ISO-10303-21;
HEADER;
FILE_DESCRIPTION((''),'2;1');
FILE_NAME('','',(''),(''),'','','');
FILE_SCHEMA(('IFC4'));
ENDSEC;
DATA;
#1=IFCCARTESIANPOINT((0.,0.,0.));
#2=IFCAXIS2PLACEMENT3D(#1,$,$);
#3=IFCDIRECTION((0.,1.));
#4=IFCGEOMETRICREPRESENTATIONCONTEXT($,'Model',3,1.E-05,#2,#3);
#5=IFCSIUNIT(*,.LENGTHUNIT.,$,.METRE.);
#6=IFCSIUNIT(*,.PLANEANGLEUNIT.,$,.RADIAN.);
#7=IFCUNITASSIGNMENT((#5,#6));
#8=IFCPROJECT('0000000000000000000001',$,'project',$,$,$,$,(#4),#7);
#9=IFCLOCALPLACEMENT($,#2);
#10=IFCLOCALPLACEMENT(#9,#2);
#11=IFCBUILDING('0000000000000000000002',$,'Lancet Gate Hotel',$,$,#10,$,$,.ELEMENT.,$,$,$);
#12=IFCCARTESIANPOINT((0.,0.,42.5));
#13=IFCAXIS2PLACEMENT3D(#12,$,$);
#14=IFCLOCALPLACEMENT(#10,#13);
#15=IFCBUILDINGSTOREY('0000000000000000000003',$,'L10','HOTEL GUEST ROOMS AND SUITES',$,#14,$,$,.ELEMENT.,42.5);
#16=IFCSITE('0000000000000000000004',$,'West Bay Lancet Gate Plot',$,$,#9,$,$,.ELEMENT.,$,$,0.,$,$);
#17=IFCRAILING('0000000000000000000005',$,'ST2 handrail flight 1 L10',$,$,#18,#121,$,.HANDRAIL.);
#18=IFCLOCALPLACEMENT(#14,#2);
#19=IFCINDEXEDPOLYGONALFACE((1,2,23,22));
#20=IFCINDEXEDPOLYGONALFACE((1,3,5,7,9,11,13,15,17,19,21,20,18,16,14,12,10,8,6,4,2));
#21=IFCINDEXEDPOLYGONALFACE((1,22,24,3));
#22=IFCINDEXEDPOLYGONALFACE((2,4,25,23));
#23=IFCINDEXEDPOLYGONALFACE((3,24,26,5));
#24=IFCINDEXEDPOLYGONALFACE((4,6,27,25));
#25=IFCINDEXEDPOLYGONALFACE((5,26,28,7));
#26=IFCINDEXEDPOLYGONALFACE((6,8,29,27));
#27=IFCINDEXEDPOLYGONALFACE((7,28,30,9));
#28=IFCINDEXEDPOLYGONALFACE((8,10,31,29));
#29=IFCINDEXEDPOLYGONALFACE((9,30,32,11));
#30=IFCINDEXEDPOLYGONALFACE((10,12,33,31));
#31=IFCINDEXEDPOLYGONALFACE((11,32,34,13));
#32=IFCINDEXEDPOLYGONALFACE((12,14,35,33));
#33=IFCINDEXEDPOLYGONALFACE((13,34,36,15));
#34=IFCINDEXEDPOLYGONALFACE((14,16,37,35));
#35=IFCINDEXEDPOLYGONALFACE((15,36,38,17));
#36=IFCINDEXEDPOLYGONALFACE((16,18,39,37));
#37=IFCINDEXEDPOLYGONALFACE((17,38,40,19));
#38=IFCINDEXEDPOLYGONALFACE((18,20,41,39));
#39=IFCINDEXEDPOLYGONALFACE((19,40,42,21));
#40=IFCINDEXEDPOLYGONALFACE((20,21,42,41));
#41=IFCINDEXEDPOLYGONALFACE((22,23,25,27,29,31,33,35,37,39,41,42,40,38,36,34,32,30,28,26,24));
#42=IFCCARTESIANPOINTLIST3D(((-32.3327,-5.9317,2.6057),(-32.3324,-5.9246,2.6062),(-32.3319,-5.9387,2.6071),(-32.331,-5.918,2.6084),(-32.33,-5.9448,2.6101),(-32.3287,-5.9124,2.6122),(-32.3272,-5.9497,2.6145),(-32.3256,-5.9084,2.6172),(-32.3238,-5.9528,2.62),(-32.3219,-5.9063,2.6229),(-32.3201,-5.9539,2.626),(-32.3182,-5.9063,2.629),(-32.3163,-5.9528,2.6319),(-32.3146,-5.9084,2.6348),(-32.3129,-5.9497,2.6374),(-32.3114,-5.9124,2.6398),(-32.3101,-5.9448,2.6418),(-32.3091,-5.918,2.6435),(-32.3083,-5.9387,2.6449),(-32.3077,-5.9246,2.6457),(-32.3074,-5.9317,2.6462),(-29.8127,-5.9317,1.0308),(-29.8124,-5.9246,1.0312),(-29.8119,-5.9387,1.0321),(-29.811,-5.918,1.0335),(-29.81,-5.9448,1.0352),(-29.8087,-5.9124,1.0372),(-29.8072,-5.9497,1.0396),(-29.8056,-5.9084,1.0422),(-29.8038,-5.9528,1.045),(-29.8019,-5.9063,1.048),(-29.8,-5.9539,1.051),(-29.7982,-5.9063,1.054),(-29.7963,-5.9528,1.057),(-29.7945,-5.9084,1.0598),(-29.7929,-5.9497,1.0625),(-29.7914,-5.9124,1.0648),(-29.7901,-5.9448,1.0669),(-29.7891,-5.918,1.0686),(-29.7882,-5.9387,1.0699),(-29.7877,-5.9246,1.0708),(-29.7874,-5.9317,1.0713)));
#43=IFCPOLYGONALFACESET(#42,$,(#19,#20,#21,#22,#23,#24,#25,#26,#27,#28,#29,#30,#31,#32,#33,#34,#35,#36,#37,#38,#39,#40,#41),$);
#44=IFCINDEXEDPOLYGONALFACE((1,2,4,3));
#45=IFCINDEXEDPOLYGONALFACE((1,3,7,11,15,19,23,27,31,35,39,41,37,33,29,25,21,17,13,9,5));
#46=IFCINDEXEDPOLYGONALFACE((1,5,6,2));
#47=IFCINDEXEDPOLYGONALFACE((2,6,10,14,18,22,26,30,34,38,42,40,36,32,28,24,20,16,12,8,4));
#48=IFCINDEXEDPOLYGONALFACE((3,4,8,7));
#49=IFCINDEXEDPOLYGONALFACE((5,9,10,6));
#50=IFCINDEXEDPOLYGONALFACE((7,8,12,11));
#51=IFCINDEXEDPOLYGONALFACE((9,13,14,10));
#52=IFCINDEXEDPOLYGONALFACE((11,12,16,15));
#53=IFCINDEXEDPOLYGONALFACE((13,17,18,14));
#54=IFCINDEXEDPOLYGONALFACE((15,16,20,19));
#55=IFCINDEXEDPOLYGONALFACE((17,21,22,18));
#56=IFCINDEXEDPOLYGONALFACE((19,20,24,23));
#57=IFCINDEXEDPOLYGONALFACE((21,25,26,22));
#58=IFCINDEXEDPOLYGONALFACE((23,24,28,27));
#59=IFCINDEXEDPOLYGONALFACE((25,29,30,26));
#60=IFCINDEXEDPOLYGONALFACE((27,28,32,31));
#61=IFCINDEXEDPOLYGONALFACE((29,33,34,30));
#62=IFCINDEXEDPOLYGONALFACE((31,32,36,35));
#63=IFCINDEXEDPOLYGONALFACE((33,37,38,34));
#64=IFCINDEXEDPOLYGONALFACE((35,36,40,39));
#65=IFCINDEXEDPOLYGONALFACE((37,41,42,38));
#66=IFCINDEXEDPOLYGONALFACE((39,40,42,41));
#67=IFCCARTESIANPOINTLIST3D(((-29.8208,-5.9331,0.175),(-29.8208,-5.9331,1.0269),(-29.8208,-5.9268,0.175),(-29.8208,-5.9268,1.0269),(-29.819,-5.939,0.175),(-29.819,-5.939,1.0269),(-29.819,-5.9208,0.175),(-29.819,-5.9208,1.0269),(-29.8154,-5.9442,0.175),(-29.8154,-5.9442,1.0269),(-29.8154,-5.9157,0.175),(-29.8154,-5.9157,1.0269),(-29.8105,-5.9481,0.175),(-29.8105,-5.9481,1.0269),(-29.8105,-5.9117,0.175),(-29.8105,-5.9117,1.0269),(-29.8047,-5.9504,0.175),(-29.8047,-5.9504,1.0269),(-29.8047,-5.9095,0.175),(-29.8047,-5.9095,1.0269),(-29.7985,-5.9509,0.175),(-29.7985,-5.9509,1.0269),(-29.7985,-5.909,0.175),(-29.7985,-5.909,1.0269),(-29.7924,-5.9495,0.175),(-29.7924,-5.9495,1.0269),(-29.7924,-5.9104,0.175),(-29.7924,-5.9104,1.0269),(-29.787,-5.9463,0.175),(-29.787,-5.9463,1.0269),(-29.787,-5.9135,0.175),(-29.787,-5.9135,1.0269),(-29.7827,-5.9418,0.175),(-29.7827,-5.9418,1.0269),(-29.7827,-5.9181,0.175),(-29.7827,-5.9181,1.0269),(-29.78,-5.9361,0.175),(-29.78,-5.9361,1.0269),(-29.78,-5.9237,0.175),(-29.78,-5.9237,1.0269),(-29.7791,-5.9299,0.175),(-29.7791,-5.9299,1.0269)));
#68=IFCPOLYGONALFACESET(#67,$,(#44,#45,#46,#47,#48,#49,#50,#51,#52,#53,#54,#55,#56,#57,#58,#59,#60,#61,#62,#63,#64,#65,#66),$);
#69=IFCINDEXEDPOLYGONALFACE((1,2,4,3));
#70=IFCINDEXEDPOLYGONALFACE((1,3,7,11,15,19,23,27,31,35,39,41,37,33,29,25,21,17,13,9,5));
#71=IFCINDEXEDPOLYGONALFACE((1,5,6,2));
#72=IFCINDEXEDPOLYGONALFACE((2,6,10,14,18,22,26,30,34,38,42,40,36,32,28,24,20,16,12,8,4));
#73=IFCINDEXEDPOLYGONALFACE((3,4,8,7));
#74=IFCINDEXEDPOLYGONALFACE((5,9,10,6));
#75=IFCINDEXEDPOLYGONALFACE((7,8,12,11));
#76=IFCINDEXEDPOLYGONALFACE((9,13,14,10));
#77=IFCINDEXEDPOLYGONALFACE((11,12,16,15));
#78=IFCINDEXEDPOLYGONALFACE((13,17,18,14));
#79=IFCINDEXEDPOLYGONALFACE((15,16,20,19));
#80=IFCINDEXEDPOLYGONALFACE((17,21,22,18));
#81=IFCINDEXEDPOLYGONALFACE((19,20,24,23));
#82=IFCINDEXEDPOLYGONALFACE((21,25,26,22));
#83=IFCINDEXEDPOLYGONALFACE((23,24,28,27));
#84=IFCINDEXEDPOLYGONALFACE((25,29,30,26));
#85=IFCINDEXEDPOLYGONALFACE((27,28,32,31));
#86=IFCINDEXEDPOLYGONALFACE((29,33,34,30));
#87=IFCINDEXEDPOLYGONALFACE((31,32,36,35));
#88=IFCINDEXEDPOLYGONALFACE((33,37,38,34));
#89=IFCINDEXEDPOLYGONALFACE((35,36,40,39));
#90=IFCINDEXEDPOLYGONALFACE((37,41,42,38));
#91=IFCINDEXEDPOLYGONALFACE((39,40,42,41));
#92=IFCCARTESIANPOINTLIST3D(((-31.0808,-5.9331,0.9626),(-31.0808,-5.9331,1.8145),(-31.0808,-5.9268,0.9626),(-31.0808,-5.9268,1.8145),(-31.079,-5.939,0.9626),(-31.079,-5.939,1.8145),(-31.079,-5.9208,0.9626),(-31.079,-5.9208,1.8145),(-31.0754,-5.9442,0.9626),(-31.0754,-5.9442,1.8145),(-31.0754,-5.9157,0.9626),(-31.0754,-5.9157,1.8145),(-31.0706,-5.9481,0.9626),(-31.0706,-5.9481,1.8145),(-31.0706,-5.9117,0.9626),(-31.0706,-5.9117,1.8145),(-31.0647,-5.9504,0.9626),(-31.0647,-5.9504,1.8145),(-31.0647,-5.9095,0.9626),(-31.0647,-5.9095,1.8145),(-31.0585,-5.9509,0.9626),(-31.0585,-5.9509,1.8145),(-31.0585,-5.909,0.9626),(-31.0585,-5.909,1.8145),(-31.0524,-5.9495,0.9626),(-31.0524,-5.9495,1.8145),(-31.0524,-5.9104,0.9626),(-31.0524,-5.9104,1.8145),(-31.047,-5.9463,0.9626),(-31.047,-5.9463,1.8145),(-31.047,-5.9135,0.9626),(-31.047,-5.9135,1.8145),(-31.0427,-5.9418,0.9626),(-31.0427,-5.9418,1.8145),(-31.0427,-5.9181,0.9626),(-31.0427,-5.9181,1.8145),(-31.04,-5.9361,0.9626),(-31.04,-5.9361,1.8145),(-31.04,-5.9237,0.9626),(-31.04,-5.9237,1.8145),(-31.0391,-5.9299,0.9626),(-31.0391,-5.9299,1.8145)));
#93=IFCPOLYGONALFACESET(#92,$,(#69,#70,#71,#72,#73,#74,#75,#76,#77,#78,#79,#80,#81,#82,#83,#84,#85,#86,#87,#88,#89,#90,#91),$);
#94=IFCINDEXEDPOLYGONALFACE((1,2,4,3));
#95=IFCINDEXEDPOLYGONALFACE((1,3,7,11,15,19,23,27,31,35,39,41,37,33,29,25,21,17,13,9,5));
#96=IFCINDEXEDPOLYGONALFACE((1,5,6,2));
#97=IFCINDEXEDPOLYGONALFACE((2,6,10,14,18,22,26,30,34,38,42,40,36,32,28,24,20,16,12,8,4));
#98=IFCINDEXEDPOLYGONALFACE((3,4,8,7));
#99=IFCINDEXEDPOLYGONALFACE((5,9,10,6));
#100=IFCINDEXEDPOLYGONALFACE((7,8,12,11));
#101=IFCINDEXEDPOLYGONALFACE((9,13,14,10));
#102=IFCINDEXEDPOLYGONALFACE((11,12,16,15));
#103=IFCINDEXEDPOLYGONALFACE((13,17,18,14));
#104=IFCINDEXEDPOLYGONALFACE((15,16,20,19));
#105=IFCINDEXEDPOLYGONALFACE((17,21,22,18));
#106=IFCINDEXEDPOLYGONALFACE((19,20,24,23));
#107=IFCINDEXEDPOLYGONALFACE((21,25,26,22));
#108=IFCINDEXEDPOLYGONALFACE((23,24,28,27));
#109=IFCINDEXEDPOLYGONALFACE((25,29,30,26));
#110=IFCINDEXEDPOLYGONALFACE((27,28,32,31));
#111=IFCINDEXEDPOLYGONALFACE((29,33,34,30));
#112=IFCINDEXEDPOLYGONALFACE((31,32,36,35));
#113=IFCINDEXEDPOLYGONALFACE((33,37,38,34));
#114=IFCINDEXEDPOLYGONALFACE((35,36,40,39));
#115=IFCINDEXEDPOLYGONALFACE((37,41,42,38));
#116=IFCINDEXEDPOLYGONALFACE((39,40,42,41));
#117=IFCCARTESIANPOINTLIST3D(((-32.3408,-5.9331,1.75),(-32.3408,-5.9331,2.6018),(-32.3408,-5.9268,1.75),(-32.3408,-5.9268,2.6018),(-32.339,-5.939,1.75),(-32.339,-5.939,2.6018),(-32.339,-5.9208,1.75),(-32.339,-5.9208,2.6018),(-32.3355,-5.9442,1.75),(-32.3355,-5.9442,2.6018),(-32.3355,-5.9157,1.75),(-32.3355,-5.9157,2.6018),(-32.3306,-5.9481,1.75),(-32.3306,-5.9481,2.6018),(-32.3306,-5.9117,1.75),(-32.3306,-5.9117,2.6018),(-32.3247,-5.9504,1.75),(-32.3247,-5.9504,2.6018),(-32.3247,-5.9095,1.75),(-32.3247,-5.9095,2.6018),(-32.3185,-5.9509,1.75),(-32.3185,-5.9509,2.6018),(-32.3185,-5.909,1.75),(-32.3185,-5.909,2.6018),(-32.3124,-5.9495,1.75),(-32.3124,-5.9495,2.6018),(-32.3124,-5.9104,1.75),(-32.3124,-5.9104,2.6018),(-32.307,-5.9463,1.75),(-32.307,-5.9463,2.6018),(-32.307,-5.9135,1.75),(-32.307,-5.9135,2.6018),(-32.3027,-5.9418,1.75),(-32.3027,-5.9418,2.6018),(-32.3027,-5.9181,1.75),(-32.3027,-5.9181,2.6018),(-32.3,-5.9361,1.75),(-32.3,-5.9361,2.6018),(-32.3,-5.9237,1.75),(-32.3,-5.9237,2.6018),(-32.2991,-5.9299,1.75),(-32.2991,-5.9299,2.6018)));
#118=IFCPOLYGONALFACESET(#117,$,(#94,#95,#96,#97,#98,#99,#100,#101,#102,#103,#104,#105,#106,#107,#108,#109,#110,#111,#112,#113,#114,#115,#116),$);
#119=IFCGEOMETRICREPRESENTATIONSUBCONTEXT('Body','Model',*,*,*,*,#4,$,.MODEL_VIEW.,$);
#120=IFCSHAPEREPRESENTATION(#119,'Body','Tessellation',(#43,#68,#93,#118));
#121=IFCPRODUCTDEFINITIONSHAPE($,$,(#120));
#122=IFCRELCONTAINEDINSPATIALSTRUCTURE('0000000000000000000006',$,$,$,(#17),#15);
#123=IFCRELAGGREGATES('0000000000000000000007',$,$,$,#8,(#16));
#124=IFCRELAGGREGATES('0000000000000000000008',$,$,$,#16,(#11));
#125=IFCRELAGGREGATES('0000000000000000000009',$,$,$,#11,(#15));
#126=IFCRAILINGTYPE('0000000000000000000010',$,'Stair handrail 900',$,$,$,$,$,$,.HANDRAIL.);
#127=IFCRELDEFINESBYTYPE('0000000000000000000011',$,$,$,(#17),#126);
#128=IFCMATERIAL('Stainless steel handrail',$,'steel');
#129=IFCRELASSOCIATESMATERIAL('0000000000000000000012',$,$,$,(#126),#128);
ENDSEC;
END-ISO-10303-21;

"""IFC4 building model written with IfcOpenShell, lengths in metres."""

from ifc_helpers import new_model, si_unit, direction, frame, origin, origin_2d, place, context, subcontext, project, spatial, circle, extrude, material, type_object, element, save


model = new_model("IFC4")

# Units and contexts
model_context = context("Model", 3, precision=1e-05, world=origin(), true_north=direction((0.0, 1.0)))
body_context = subcontext(model_context, "Body", "Model", "MODEL_VIEW")
ifc_project = project(units=[si_unit("LENGTHUNIT", "METRE"), si_unit("PLANEANGLEUNIT", "RADIAN")], contexts=[model_context])

# Site, building, storey
site_placement = place(None, origin())
site = spatial("IfcSite", under=ifc_project, at=site_placement, Name="West Bay Lancet Gate Plot", CompositionType="ELEMENT", RefElevation=0.0)
building_placement = place(site_placement, origin())
building = spatial("IfcBuilding", under=site, at=building_placement, Name="Lancet Gate Hotel", CompositionType="ELEMENT")
storey_placement = place(building_placement, frame((0.0, 0.0, 42.5)))
storey = spatial("IfcBuildingStorey", under=building, at=storey_placement, Name="L10", Description="HOTEL GUEST ROOMS AND SUITES", CompositionType="ELEMENT", Elevation=42.5)

# Railing
ifc_material_1 = material(Name="Stainless steel handrail", Category="steel")
railing_type = type_object("IfcRailingType", Name="Stair handrail 900", PredefinedType="HANDRAIL", material=ifc_material_1)
railing_1_placement = place(storey_placement, frame((-29.8, -5.9299, 0.175)))
element("IfcRailing", 1, at=railing_1_placement, inside=storey, type_object=railing_type, Name="ST2 handrail flight 1 L10", PredefinedType="HANDRAIL", context=body_context, shape_type="SweptSolid", body=[
    extrude(circle(Radius=0.0239, at=origin_2d()), frame((0.0, 0.0, 0.876), z_axis=(-0.848008, 0.0, 0.529984), x_axis=(0.0, -1.0, 0.0)), (0.0, 0.0, 1.0), 2.9717),
    extrude(circle(Radius=0.021, at=origin_2d()), origin(), (0.0, 0.0, 1.0), 0.8518),
    extrude(circle(Radius=0.021, at=origin_2d()), frame((-1.26, 0.0, 0.7876)), (0.0, 0.0, 1.0), 0.8518),
    extrude(circle(Radius=0.021, at=origin_2d()), frame((-2.52, 0.0, 1.575)), (0.0, 0.0, 1.0), 0.8518),
])

save(model, "model.ifc")
